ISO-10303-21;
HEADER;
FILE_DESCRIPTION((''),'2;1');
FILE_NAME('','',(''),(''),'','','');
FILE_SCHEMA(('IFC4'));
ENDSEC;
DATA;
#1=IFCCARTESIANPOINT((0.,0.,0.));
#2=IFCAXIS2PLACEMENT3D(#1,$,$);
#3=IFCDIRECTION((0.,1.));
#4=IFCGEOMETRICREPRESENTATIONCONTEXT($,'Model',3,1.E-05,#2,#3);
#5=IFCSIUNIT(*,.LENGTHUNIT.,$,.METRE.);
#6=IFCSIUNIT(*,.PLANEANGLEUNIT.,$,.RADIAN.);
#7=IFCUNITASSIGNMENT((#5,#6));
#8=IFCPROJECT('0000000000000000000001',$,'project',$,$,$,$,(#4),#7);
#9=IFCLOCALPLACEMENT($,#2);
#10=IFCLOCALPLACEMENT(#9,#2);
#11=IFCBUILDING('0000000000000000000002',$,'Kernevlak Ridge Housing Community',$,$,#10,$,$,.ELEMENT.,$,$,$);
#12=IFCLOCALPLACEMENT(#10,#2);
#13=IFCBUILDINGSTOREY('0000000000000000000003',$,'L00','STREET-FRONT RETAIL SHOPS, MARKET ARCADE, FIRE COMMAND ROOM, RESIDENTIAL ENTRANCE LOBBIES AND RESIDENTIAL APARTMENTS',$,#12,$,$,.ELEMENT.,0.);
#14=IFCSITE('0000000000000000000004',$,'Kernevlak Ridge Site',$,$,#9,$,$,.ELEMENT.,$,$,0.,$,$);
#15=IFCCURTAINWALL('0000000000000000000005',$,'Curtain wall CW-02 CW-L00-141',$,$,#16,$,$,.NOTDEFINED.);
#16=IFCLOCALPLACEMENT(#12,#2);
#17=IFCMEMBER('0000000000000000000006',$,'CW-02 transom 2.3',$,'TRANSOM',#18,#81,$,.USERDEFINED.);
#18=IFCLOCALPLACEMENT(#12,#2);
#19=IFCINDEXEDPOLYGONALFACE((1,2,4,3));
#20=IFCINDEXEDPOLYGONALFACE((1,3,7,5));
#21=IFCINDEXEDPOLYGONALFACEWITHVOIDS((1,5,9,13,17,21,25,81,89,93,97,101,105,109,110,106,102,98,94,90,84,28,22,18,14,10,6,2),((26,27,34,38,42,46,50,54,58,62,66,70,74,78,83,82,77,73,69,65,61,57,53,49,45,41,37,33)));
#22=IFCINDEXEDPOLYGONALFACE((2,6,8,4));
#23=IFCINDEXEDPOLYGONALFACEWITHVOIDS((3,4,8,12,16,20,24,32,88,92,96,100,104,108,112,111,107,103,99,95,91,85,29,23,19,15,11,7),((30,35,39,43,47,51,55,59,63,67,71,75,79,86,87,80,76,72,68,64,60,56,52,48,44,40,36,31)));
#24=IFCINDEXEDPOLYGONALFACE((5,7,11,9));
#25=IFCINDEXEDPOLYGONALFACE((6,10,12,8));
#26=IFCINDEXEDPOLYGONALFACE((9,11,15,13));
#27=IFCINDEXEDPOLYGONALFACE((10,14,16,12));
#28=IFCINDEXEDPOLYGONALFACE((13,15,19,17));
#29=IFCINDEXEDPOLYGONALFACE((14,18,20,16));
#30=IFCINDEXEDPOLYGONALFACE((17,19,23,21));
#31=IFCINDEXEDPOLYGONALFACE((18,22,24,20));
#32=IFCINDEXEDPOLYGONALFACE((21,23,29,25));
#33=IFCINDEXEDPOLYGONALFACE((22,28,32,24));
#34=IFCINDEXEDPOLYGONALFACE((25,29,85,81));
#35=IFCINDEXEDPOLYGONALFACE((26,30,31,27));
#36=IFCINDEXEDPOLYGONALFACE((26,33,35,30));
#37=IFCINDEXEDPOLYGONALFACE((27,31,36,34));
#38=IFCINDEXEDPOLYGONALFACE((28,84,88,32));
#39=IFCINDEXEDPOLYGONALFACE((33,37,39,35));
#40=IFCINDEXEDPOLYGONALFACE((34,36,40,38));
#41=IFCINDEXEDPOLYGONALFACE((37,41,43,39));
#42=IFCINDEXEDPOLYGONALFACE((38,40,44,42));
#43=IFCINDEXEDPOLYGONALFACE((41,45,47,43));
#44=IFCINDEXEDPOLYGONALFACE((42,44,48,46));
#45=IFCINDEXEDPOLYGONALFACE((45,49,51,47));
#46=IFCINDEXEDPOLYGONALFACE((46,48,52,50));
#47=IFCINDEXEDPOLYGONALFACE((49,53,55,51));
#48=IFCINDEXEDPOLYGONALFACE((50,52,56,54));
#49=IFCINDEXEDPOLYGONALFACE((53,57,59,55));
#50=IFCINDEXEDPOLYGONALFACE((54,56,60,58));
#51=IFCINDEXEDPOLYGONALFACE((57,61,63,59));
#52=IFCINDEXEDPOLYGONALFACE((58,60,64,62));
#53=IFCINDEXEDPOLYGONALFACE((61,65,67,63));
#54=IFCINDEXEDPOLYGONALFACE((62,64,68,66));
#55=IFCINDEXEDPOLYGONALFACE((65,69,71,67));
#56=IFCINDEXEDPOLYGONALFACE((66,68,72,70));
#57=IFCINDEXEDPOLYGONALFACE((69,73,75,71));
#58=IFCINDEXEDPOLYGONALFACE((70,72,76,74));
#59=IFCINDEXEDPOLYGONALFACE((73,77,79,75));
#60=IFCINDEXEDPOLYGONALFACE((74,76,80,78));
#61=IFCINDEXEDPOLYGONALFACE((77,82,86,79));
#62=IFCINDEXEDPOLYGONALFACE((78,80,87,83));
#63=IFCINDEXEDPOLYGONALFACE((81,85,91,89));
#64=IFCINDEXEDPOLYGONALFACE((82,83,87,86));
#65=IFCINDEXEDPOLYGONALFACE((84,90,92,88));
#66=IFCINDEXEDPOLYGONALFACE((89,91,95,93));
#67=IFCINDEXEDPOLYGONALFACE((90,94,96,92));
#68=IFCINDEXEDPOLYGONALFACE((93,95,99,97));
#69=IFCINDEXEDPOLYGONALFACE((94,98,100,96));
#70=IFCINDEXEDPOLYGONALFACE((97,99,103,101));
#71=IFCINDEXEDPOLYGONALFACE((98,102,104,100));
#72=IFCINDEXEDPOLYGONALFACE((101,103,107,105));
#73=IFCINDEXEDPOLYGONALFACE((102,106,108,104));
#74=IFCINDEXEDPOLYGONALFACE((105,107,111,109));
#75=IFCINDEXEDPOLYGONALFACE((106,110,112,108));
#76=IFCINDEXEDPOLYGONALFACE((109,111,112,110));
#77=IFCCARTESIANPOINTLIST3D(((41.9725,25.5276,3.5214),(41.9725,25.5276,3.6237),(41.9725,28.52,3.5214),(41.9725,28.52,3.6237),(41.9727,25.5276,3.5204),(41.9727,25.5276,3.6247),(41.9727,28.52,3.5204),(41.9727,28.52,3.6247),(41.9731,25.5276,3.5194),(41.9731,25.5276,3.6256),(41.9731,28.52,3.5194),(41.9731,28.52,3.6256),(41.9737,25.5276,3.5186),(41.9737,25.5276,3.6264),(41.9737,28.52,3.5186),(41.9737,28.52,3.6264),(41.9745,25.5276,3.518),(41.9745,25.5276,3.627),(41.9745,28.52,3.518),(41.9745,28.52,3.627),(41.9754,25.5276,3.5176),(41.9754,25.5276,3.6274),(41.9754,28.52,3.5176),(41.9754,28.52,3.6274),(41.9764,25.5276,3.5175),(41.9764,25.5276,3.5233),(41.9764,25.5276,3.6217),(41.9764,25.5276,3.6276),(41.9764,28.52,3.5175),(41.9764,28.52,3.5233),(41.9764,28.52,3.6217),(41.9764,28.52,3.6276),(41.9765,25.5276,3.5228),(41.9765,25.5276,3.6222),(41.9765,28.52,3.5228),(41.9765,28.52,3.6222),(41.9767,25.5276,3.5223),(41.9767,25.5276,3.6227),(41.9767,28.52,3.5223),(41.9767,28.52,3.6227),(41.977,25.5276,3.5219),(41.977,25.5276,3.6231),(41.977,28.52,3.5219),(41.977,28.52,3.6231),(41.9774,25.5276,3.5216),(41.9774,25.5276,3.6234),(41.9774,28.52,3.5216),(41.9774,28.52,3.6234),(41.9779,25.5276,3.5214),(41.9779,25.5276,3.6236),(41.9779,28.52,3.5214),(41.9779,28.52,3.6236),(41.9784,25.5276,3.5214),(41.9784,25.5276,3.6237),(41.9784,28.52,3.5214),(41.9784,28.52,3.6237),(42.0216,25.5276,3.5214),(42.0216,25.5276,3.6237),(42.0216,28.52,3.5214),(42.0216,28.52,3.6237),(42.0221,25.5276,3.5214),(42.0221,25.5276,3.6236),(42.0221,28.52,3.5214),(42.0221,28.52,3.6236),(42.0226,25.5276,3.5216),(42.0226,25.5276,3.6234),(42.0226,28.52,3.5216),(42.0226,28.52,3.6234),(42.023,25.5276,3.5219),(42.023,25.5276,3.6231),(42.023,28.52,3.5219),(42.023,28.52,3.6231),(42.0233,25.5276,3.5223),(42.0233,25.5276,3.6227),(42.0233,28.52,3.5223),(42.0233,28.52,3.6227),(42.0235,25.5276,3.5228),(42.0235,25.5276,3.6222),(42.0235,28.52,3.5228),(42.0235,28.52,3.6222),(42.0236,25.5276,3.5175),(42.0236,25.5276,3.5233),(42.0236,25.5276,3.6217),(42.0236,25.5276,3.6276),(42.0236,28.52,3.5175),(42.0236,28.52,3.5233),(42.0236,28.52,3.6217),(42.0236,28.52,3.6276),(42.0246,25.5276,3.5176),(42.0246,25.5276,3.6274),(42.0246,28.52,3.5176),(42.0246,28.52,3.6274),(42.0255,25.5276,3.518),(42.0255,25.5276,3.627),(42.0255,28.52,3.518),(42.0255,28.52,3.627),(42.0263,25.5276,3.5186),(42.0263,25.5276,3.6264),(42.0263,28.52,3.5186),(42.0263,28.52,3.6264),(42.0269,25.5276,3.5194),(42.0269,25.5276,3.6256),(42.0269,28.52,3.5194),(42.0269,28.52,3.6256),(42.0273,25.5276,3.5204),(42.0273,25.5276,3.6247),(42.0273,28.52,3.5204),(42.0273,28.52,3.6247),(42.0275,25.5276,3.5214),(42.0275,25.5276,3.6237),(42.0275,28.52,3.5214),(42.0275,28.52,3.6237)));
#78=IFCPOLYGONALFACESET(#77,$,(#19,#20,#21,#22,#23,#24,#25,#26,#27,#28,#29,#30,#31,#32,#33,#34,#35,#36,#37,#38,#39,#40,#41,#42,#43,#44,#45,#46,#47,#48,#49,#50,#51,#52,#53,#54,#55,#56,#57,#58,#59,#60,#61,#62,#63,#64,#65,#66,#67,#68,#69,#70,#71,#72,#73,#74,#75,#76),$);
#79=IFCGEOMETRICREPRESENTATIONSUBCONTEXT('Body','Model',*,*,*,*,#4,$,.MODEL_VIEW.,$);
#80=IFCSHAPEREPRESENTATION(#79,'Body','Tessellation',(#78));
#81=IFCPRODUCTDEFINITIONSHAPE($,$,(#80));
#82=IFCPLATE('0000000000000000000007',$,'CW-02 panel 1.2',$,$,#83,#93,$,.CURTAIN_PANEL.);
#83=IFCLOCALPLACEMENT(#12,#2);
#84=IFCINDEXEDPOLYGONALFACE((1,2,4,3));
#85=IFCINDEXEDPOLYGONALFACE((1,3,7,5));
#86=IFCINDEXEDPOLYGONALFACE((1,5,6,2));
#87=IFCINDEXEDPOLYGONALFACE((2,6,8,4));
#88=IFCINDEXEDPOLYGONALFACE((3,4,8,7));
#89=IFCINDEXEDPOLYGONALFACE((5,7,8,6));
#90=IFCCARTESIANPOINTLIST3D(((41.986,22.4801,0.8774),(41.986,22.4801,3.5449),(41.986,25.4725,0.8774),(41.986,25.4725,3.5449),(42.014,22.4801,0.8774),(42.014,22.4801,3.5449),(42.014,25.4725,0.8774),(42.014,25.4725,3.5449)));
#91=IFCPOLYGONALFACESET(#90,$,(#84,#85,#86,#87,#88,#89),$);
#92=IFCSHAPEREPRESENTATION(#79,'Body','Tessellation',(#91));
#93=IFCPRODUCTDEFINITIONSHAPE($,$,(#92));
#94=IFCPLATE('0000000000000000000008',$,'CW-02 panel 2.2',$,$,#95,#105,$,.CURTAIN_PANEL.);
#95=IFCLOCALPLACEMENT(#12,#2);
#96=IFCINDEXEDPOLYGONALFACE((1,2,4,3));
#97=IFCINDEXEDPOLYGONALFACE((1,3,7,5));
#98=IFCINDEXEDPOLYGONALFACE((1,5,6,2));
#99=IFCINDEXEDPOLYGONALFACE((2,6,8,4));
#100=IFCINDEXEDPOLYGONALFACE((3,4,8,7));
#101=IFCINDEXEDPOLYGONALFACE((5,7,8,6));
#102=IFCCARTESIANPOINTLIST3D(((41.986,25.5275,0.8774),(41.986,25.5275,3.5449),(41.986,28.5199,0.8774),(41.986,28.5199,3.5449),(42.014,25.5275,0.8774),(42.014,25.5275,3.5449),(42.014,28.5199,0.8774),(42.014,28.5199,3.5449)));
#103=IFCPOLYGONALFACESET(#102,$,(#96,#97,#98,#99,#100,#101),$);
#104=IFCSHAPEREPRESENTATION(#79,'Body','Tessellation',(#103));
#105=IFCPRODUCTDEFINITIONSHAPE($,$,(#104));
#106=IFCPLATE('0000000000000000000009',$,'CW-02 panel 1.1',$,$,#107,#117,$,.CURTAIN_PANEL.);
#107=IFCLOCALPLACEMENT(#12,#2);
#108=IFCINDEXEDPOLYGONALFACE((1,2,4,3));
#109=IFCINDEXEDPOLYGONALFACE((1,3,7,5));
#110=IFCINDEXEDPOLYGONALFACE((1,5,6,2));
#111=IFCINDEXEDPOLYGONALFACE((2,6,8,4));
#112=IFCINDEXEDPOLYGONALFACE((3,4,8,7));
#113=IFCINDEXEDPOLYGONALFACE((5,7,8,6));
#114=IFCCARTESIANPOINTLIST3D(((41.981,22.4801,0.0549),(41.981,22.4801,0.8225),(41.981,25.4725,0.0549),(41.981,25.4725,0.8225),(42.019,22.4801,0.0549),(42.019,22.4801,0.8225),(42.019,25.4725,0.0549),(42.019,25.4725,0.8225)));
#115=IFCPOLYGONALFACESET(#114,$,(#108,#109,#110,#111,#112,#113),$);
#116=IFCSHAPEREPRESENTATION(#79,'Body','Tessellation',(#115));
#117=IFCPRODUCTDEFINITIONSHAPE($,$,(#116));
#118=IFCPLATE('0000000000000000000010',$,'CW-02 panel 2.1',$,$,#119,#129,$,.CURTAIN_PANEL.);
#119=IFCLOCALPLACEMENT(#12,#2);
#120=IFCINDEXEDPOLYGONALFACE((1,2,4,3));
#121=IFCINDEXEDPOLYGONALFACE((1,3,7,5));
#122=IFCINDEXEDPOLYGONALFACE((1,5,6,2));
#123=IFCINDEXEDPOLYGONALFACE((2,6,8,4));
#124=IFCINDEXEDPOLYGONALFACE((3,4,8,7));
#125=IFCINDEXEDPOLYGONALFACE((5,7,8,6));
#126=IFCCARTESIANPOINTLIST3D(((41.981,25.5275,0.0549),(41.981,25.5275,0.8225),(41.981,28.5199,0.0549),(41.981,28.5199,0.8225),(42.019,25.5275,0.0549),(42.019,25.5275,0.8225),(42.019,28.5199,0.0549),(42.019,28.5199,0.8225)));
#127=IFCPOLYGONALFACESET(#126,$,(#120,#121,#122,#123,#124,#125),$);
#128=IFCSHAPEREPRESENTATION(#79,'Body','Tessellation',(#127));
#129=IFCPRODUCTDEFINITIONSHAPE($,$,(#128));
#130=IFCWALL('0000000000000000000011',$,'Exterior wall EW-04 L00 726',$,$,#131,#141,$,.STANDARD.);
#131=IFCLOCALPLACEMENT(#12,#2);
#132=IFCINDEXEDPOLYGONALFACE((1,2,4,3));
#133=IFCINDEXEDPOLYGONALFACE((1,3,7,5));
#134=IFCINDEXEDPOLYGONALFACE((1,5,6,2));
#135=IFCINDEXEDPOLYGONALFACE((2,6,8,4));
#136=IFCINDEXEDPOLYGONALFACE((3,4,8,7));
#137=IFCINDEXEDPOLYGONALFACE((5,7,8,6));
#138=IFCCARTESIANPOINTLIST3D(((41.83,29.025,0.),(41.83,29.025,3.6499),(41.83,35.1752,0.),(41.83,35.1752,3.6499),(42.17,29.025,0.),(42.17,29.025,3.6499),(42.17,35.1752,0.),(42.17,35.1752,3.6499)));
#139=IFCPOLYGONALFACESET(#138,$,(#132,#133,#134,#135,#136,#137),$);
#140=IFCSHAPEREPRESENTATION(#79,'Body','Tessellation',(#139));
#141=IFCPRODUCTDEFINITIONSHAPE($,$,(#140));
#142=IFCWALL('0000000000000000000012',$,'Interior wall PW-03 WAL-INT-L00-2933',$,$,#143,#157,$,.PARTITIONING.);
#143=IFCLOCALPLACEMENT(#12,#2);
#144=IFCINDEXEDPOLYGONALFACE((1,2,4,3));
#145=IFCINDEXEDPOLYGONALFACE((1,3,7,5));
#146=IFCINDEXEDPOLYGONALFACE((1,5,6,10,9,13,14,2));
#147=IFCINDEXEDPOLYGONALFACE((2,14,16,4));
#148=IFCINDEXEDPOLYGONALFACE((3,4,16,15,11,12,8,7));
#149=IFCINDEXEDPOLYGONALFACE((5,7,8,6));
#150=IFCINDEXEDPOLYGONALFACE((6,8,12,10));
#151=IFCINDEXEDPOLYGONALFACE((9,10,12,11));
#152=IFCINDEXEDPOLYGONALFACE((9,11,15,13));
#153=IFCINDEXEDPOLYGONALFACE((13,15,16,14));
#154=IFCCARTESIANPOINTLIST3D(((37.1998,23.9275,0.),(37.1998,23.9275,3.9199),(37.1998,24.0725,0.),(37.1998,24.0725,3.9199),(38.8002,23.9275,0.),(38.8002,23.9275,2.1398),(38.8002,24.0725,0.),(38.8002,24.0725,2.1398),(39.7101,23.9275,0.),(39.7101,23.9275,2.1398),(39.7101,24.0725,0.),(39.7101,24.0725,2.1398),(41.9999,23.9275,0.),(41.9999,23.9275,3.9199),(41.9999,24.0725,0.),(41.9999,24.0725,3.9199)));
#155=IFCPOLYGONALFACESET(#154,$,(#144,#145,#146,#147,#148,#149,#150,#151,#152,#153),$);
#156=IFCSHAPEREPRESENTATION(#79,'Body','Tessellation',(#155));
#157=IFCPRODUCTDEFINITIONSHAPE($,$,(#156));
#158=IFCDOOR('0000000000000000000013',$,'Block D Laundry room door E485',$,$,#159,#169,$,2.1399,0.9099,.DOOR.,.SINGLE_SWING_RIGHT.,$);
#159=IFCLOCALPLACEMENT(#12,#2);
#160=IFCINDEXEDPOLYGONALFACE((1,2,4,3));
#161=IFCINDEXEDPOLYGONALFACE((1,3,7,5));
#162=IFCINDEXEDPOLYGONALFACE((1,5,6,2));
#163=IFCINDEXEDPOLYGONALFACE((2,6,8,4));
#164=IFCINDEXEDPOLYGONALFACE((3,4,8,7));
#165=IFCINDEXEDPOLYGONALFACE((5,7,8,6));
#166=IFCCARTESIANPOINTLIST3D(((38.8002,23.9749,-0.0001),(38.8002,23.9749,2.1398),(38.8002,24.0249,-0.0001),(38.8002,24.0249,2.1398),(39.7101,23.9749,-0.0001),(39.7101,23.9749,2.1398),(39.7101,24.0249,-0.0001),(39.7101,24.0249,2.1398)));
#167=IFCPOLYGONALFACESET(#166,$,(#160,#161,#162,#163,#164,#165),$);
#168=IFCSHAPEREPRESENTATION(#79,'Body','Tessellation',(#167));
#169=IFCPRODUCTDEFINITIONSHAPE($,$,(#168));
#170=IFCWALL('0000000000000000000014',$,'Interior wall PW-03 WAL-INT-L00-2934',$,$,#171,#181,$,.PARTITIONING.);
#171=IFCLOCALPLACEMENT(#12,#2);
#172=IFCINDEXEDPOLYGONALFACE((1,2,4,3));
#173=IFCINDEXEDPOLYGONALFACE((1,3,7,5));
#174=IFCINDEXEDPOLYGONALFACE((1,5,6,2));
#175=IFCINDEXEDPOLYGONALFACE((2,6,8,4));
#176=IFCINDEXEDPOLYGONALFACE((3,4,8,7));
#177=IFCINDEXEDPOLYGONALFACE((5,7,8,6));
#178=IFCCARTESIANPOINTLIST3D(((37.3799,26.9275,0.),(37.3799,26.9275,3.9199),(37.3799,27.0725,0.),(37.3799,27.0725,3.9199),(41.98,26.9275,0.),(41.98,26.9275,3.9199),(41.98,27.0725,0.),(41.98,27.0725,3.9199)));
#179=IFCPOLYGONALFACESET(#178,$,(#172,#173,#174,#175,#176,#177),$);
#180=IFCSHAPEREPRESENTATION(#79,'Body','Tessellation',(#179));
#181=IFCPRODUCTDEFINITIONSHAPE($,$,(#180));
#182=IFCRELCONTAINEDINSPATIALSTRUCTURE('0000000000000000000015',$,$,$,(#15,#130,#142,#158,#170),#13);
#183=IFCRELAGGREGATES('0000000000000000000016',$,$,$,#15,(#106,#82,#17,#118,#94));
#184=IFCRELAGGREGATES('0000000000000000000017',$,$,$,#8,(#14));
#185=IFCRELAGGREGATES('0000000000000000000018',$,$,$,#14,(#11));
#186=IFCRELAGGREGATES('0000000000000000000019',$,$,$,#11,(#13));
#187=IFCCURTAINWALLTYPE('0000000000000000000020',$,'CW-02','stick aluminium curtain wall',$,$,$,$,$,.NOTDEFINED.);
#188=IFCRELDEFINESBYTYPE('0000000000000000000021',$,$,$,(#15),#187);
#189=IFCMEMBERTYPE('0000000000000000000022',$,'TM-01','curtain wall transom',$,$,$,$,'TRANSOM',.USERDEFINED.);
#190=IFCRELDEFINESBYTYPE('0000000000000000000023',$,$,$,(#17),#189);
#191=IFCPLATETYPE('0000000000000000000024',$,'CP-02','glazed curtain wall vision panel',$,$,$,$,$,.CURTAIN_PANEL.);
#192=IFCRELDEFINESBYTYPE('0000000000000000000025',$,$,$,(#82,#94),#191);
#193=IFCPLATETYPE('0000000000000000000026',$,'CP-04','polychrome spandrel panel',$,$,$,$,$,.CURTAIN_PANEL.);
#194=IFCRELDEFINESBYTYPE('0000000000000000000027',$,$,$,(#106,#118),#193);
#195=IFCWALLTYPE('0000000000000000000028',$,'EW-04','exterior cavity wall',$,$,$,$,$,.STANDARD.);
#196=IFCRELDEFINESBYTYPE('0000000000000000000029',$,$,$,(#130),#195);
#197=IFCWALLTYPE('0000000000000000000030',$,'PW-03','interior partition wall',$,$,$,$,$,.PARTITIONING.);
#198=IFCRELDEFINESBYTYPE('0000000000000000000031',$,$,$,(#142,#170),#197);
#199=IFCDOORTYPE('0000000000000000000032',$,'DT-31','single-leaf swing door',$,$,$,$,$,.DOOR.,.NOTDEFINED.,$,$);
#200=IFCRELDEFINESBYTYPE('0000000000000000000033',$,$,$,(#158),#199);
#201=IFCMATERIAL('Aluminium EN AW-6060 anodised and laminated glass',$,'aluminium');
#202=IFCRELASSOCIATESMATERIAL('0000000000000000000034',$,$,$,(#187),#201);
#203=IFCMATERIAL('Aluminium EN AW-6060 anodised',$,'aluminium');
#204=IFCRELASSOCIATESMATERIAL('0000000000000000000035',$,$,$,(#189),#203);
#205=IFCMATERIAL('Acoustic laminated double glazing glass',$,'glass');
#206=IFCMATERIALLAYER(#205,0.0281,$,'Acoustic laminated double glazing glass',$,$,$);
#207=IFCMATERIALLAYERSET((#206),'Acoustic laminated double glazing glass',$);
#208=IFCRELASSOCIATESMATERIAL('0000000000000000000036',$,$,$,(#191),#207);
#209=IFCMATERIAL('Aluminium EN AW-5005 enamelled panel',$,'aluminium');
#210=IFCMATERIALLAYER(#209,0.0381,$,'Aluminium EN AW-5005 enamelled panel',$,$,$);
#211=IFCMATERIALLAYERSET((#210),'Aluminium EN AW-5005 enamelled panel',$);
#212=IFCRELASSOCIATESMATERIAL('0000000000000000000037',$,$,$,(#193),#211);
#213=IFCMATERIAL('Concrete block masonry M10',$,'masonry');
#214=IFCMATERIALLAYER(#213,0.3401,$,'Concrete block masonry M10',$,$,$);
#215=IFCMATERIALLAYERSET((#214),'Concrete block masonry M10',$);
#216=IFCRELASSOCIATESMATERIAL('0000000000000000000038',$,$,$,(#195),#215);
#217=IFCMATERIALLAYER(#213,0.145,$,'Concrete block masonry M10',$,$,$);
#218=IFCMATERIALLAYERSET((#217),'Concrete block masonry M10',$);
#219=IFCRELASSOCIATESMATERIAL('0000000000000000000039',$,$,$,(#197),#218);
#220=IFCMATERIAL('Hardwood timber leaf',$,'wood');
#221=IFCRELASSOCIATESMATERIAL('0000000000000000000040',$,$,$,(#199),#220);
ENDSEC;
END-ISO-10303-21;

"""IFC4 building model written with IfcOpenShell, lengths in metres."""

from ifc_helpers import new_model, si_unit, direction, frame, frame_2d, origin, origin_2d, place, context, subcontext, project, spatial, rectangle, hollow_rectangle, extrude, material, layer, layer_set, material_profile, profile_set, type_object, element, fill, aggregate, save


model = new_model("IFC4")

# Units and contexts
model_context = context("Model", 3, precision=1e-05, world=origin(), true_north=direction((0.0, 1.0)))
body_context = subcontext(model_context, "Body", "Model", "MODEL_VIEW")
ifc_project = project(units=[si_unit("LENGTHUNIT", "METRE"), si_unit("PLANEANGLEUNIT", "RADIAN")], contexts=[model_context])

# Site, building, storey
site_placement = place(None, origin())
site = spatial("IfcSite", under=ifc_project, at=site_placement, Name="Kernevlak Ridge Site", CompositionType="ELEMENT", RefElevation=0.0)
building_placement = place(site_placement, origin())
building = spatial("IfcBuilding", under=site, at=building_placement, Name="Kernevlak Ridge Housing Community", CompositionType="ELEMENT")
storey_placement = place(building_placement, origin())
storey = spatial("IfcBuildingStorey", under=building, at=storey_placement, Name="L00", Description="STREET-FRONT RETAIL SHOPS, MARKET ARCADE, FIRE COMMAND ROOM, RESIDENTIAL ENTRANCE LOBBIES AND RESIDENTIAL APARTMENTS", CompositionType="ELEMENT", Elevation=0.0)

# Curtain wall
ifc_material_1 = material(Name="Aluminium EN AW-6060 anodised and laminated glass", Category="aluminium")
curtain_wall_type = type_object("IfcCurtainWallType", Name="CW-02", Description="stick aluminium curtain wall", PredefinedType="NOTDEFINED", material=ifc_material_1)
curtain_wall_placement = place(storey_placement, origin())
curtain_wall = element("IfcCurtainWall", 1, at=curtain_wall_placement, inside=storey, type_object=curtain_wall_type, Name="Curtain wall CW-02 CW-L00-141", PredefinedType="NOTDEFINED")
ifc_material_2 = material(Name="Aluminium EN AW-6060 anodised", Category="aluminium")

# Member
ifc_material_profile_1 = material_profile(ifc_material_2, hollow_rectangle(XDim=0.0549, YDim=0.1101, WallThickness=0.0039, InnerFilletRadius=0.002, OuterFilletRadius=0.0039, at=origin_2d()), Name="ALU 55x110x4")
ifc_profile_set_1 = profile_set([ifc_material_profile_1], Name="Aluminium EN AW-6060 anodised")
member_type_1 = type_object("IfcMemberType", Name="TM-01", Description="curtain wall transom", ElementType="TRANSOM", PredefinedType="USERDEFINED", material=ifc_profile_set_1)
member_1_placement = place(storey_placement, frame((42.0, 25.5276, 3.5725), z_axis=(0.0, 1.0, 0.0), x_axis=(-1.0, 0.0, 0.0)))
member_1 = element("IfcMember", 2, at=member_1_placement, type_object=member_type_1, Name="CW-02 transom 2.3", ObjectType="TRANSOM", PredefinedType="USERDEFINED", context=body_context, shape_type="SweptSolid", body=[
    extrude(hollow_rectangle(XDim=0.0549, YDim=0.1101, WallThickness=0.0039, InnerFilletRadius=0.002, OuterFilletRadius=0.0039, at=origin_2d()), origin(), (0.0, 0.0, 1.0), 2.9924),
])

# Plates
ifc_material_3 = material(Name="Acoustic laminated double glazing glass", Category="glass")
ifc_layer_1 = layer(ifc_material_3, 0.0281, Name="Acoustic laminated double glazing glass")
ifc_layer_set_1 = layer_set([ifc_layer_1], Name="Acoustic laminated double glazing glass")
plate_type_1 = type_object("IfcPlateType", Name="CP-02", Description="glazed curtain wall vision panel", PredefinedType="CURTAIN_PANEL", material=ifc_layer_set_1)
plate_1_placement = place(storey_placement, frame((42.0, 23.9763, 0.8774), z_axis=(0.0, 0.0, 1.0), x_axis=(0.0, 1.0, 0.0)))
plate_1 = element("IfcPlate", 3, at=plate_1_placement, type_object=plate_type_1, Name="CW-02 panel 1.2", PredefinedType="CURTAIN_PANEL", context=body_context, shape_type="SweptSolid", body=[
    extrude(rectangle(XDim=2.9924, YDim=0.0281, at=origin_2d()), origin(), (0.0, 0.0, 1.0), 2.6675),
])
plate_2_placement = place(storey_placement, frame((42.0, 27.0237, 0.8774), z_axis=(0.0, 0.0, 1.0), x_axis=(0.0, 1.0, 0.0)))
plate_2 = element("IfcPlate", 4, at=plate_2_placement, type_object=plate_type_1, Name="CW-02 panel 2.2", PredefinedType="CURTAIN_PANEL", context=body_context, shape_type="SweptSolid", body=[
    extrude(rectangle(XDim=2.9924, YDim=0.0281, at=origin_2d()), origin(), (0.0, 0.0, 1.0), 2.6675),
])
ifc_material_4 = material(Name="Aluminium EN AW-5005 enamelled panel", Category="aluminium")
ifc_layer_2 = layer(ifc_material_4, 0.0381, Name="Aluminium EN AW-5005 enamelled panel")
ifc_layer_set_2 = layer_set([ifc_layer_2], Name="Aluminium EN AW-5005 enamelled panel")
plate_type_2 = type_object("IfcPlateType", Name="CP-04", Description="polychrome spandrel panel", PredefinedType="CURTAIN_PANEL", material=ifc_layer_set_2)
plate_3_placement = place(storey_placement, frame((42.0, 23.9763, 0.0549), z_axis=(0.0, 0.0, 1.0), x_axis=(0.0, 1.0, 0.0)))
plate_3 = element("IfcPlate", 5, at=plate_3_placement, type_object=plate_type_2, Name="CW-02 panel 1.1", PredefinedType="CURTAIN_PANEL", context=body_context, shape_type="SweptSolid", body=[
    extrude(rectangle(XDim=2.9924, YDim=0.0381, at=origin_2d()), origin(), (0.0, 0.0, 1.0), 0.7676),
])
plate_4_placement = place(storey_placement, frame((42.0, 27.0237, 0.0549), z_axis=(0.0, 0.0, 1.0), x_axis=(0.0, 1.0, 0.0)))
plate_4 = element("IfcPlate", 6, at=plate_4_placement, type_object=plate_type_2, Name="CW-02 panel 2.1", PredefinedType="CURTAIN_PANEL", context=body_context, shape_type="SweptSolid", body=[
    extrude(rectangle(XDim=2.9924, YDim=0.0381, at=origin_2d()), origin(), (0.0, 0.0, 1.0), 0.7676),
])
aggregate(curtain_wall, [plate_3, plate_1, member_1, plate_4, plate_2])

# Wall
ifc_material_5 = material(Name="Concrete block masonry M10", Category="masonry")
ifc_layer_3 = layer(ifc_material_5, 0.3401, Name="Concrete block masonry M10")
ifc_layer_set_3 = layer_set([ifc_layer_3], Name="Concrete block masonry M10")
wall_type_1 = type_object("IfcWallType", Name="EW-04", Description="exterior cavity wall", PredefinedType="STANDARD", material=ifc_layer_set_3)
wall_1_placement = place(storey_placement, frame((42.0, 29.0249, 0.0), z_axis=(0.0, 0.0, 1.0), x_axis=(0.0, 1.0, 0.0)))
element("IfcWall", 7, at=wall_1_placement, inside=storey, type_object=wall_type_1, Name="Exterior wall EW-04 L00 726", PredefinedType="STANDARD", context=body_context, shape_type="SweptSolid", body=[
    extrude(rectangle(XDim=6.1501, YDim=0.3401, at=frame_2d((3.0752, 0.0))), origin(), (0.0, 0.0, 1.0), 3.6499),
])

# Wall, opening, door
ifc_layer_4 = layer(ifc_material_5, 0.145, Name="Concrete block masonry M10")
ifc_layer_set_4 = layer_set([ifc_layer_4], Name="Concrete block masonry M10")
wall_type_2 = type_object("IfcWallType", Name="PW-03", Description="interior partition wall", PredefinedType="PARTITIONING", material=ifc_layer_set_4)
wall_2_placement = place(storey_placement, frame((37.2, 24.0, 0.0), z_axis=(0.0, 0.0, 1.0), x_axis=(1.0, 0.0, 0.0)))
wall_2 = element("IfcWall", 8, at=wall_2_placement, inside=storey, type_object=wall_type_2, Name="Interior wall PW-03 WAL-INT-L00-2933", PredefinedType="PARTITIONING", context=body_context, shape_type="SweptSolid", body=[
    extrude(rectangle(XDim=4.8, YDim=0.145, at=frame_2d((2.3999, 0.0))), origin(), (0.0, 0.0, 1.0), 3.9199),
])
opening_1_placement = place(wall_2_placement, frame((1.6001, 0.0, 0.0)))
opening_1 = element("IfcOpeningElement", 9, at=opening_1_placement, cuts=wall_2, PredefinedType="OPENING", context=body_context, shape_type="SweptSolid", body=[
    extrude(rectangle(XDim=0.9099, YDim=2.1399, at=frame_2d((0.4551, 1.0698))), frame((0.0, 0.0825, 0.0), z_axis=(0.0, -1.0, 0.0), x_axis=(1.0, 0.0, 0.0)), (0.0, 0.0, 1.0), 0.165),
])
ifc_material_6 = material(Name="Hardwood timber leaf", Category="wood")
door_type_1 = type_object("IfcDoorType", Name="DT-31", Description="single-leaf swing door", OperationType="NOTDEFINED", PredefinedType="DOOR", material=ifc_material_6)
door_1_placement = place(opening_1_placement, origin())
door_1 = element("IfcDoor", 10, at=door_1_placement, inside=storey, type_object=door_type_1, Name="Block D Laundry room door E485", OperationType="SINGLE_SWING_RIGHT", OverallHeight=2.1399, OverallWidth=0.9099, PredefinedType="DOOR", context=body_context, shape_type="SweptSolid", body=[
    extrude(rectangle(XDim=0.9099, YDim=2.1399, at=frame_2d((0.4551, 1.0698))), frame((0.0, 0.0249, 0.0), z_axis=(0.0, -1.0, 0.0), x_axis=(1.0, 0.0, 0.0)), (0.0, 0.0, 1.0), 0.05),
])
fill(opening_1, door_1)

# Wall
wall_3_placement = place(storey_placement, frame((37.3799, 27.0, 0.0), z_axis=(0.0, 0.0, 1.0), x_axis=(1.0, 0.0, 0.0)))
element("IfcWall", 11, at=wall_3_placement, inside=storey, type_object=wall_type_2, Name="Interior wall PW-03 WAL-INT-L00-2934", PredefinedType="PARTITIONING", context=body_context, shape_type="SweptSolid", body=[
    extrude(rectangle(XDim=4.6001, YDim=0.145, at=frame_2d((2.3, 0.0))), origin(), (0.0, 0.0, 1.0), 3.9199),
])

save(model, "model.ifc")
